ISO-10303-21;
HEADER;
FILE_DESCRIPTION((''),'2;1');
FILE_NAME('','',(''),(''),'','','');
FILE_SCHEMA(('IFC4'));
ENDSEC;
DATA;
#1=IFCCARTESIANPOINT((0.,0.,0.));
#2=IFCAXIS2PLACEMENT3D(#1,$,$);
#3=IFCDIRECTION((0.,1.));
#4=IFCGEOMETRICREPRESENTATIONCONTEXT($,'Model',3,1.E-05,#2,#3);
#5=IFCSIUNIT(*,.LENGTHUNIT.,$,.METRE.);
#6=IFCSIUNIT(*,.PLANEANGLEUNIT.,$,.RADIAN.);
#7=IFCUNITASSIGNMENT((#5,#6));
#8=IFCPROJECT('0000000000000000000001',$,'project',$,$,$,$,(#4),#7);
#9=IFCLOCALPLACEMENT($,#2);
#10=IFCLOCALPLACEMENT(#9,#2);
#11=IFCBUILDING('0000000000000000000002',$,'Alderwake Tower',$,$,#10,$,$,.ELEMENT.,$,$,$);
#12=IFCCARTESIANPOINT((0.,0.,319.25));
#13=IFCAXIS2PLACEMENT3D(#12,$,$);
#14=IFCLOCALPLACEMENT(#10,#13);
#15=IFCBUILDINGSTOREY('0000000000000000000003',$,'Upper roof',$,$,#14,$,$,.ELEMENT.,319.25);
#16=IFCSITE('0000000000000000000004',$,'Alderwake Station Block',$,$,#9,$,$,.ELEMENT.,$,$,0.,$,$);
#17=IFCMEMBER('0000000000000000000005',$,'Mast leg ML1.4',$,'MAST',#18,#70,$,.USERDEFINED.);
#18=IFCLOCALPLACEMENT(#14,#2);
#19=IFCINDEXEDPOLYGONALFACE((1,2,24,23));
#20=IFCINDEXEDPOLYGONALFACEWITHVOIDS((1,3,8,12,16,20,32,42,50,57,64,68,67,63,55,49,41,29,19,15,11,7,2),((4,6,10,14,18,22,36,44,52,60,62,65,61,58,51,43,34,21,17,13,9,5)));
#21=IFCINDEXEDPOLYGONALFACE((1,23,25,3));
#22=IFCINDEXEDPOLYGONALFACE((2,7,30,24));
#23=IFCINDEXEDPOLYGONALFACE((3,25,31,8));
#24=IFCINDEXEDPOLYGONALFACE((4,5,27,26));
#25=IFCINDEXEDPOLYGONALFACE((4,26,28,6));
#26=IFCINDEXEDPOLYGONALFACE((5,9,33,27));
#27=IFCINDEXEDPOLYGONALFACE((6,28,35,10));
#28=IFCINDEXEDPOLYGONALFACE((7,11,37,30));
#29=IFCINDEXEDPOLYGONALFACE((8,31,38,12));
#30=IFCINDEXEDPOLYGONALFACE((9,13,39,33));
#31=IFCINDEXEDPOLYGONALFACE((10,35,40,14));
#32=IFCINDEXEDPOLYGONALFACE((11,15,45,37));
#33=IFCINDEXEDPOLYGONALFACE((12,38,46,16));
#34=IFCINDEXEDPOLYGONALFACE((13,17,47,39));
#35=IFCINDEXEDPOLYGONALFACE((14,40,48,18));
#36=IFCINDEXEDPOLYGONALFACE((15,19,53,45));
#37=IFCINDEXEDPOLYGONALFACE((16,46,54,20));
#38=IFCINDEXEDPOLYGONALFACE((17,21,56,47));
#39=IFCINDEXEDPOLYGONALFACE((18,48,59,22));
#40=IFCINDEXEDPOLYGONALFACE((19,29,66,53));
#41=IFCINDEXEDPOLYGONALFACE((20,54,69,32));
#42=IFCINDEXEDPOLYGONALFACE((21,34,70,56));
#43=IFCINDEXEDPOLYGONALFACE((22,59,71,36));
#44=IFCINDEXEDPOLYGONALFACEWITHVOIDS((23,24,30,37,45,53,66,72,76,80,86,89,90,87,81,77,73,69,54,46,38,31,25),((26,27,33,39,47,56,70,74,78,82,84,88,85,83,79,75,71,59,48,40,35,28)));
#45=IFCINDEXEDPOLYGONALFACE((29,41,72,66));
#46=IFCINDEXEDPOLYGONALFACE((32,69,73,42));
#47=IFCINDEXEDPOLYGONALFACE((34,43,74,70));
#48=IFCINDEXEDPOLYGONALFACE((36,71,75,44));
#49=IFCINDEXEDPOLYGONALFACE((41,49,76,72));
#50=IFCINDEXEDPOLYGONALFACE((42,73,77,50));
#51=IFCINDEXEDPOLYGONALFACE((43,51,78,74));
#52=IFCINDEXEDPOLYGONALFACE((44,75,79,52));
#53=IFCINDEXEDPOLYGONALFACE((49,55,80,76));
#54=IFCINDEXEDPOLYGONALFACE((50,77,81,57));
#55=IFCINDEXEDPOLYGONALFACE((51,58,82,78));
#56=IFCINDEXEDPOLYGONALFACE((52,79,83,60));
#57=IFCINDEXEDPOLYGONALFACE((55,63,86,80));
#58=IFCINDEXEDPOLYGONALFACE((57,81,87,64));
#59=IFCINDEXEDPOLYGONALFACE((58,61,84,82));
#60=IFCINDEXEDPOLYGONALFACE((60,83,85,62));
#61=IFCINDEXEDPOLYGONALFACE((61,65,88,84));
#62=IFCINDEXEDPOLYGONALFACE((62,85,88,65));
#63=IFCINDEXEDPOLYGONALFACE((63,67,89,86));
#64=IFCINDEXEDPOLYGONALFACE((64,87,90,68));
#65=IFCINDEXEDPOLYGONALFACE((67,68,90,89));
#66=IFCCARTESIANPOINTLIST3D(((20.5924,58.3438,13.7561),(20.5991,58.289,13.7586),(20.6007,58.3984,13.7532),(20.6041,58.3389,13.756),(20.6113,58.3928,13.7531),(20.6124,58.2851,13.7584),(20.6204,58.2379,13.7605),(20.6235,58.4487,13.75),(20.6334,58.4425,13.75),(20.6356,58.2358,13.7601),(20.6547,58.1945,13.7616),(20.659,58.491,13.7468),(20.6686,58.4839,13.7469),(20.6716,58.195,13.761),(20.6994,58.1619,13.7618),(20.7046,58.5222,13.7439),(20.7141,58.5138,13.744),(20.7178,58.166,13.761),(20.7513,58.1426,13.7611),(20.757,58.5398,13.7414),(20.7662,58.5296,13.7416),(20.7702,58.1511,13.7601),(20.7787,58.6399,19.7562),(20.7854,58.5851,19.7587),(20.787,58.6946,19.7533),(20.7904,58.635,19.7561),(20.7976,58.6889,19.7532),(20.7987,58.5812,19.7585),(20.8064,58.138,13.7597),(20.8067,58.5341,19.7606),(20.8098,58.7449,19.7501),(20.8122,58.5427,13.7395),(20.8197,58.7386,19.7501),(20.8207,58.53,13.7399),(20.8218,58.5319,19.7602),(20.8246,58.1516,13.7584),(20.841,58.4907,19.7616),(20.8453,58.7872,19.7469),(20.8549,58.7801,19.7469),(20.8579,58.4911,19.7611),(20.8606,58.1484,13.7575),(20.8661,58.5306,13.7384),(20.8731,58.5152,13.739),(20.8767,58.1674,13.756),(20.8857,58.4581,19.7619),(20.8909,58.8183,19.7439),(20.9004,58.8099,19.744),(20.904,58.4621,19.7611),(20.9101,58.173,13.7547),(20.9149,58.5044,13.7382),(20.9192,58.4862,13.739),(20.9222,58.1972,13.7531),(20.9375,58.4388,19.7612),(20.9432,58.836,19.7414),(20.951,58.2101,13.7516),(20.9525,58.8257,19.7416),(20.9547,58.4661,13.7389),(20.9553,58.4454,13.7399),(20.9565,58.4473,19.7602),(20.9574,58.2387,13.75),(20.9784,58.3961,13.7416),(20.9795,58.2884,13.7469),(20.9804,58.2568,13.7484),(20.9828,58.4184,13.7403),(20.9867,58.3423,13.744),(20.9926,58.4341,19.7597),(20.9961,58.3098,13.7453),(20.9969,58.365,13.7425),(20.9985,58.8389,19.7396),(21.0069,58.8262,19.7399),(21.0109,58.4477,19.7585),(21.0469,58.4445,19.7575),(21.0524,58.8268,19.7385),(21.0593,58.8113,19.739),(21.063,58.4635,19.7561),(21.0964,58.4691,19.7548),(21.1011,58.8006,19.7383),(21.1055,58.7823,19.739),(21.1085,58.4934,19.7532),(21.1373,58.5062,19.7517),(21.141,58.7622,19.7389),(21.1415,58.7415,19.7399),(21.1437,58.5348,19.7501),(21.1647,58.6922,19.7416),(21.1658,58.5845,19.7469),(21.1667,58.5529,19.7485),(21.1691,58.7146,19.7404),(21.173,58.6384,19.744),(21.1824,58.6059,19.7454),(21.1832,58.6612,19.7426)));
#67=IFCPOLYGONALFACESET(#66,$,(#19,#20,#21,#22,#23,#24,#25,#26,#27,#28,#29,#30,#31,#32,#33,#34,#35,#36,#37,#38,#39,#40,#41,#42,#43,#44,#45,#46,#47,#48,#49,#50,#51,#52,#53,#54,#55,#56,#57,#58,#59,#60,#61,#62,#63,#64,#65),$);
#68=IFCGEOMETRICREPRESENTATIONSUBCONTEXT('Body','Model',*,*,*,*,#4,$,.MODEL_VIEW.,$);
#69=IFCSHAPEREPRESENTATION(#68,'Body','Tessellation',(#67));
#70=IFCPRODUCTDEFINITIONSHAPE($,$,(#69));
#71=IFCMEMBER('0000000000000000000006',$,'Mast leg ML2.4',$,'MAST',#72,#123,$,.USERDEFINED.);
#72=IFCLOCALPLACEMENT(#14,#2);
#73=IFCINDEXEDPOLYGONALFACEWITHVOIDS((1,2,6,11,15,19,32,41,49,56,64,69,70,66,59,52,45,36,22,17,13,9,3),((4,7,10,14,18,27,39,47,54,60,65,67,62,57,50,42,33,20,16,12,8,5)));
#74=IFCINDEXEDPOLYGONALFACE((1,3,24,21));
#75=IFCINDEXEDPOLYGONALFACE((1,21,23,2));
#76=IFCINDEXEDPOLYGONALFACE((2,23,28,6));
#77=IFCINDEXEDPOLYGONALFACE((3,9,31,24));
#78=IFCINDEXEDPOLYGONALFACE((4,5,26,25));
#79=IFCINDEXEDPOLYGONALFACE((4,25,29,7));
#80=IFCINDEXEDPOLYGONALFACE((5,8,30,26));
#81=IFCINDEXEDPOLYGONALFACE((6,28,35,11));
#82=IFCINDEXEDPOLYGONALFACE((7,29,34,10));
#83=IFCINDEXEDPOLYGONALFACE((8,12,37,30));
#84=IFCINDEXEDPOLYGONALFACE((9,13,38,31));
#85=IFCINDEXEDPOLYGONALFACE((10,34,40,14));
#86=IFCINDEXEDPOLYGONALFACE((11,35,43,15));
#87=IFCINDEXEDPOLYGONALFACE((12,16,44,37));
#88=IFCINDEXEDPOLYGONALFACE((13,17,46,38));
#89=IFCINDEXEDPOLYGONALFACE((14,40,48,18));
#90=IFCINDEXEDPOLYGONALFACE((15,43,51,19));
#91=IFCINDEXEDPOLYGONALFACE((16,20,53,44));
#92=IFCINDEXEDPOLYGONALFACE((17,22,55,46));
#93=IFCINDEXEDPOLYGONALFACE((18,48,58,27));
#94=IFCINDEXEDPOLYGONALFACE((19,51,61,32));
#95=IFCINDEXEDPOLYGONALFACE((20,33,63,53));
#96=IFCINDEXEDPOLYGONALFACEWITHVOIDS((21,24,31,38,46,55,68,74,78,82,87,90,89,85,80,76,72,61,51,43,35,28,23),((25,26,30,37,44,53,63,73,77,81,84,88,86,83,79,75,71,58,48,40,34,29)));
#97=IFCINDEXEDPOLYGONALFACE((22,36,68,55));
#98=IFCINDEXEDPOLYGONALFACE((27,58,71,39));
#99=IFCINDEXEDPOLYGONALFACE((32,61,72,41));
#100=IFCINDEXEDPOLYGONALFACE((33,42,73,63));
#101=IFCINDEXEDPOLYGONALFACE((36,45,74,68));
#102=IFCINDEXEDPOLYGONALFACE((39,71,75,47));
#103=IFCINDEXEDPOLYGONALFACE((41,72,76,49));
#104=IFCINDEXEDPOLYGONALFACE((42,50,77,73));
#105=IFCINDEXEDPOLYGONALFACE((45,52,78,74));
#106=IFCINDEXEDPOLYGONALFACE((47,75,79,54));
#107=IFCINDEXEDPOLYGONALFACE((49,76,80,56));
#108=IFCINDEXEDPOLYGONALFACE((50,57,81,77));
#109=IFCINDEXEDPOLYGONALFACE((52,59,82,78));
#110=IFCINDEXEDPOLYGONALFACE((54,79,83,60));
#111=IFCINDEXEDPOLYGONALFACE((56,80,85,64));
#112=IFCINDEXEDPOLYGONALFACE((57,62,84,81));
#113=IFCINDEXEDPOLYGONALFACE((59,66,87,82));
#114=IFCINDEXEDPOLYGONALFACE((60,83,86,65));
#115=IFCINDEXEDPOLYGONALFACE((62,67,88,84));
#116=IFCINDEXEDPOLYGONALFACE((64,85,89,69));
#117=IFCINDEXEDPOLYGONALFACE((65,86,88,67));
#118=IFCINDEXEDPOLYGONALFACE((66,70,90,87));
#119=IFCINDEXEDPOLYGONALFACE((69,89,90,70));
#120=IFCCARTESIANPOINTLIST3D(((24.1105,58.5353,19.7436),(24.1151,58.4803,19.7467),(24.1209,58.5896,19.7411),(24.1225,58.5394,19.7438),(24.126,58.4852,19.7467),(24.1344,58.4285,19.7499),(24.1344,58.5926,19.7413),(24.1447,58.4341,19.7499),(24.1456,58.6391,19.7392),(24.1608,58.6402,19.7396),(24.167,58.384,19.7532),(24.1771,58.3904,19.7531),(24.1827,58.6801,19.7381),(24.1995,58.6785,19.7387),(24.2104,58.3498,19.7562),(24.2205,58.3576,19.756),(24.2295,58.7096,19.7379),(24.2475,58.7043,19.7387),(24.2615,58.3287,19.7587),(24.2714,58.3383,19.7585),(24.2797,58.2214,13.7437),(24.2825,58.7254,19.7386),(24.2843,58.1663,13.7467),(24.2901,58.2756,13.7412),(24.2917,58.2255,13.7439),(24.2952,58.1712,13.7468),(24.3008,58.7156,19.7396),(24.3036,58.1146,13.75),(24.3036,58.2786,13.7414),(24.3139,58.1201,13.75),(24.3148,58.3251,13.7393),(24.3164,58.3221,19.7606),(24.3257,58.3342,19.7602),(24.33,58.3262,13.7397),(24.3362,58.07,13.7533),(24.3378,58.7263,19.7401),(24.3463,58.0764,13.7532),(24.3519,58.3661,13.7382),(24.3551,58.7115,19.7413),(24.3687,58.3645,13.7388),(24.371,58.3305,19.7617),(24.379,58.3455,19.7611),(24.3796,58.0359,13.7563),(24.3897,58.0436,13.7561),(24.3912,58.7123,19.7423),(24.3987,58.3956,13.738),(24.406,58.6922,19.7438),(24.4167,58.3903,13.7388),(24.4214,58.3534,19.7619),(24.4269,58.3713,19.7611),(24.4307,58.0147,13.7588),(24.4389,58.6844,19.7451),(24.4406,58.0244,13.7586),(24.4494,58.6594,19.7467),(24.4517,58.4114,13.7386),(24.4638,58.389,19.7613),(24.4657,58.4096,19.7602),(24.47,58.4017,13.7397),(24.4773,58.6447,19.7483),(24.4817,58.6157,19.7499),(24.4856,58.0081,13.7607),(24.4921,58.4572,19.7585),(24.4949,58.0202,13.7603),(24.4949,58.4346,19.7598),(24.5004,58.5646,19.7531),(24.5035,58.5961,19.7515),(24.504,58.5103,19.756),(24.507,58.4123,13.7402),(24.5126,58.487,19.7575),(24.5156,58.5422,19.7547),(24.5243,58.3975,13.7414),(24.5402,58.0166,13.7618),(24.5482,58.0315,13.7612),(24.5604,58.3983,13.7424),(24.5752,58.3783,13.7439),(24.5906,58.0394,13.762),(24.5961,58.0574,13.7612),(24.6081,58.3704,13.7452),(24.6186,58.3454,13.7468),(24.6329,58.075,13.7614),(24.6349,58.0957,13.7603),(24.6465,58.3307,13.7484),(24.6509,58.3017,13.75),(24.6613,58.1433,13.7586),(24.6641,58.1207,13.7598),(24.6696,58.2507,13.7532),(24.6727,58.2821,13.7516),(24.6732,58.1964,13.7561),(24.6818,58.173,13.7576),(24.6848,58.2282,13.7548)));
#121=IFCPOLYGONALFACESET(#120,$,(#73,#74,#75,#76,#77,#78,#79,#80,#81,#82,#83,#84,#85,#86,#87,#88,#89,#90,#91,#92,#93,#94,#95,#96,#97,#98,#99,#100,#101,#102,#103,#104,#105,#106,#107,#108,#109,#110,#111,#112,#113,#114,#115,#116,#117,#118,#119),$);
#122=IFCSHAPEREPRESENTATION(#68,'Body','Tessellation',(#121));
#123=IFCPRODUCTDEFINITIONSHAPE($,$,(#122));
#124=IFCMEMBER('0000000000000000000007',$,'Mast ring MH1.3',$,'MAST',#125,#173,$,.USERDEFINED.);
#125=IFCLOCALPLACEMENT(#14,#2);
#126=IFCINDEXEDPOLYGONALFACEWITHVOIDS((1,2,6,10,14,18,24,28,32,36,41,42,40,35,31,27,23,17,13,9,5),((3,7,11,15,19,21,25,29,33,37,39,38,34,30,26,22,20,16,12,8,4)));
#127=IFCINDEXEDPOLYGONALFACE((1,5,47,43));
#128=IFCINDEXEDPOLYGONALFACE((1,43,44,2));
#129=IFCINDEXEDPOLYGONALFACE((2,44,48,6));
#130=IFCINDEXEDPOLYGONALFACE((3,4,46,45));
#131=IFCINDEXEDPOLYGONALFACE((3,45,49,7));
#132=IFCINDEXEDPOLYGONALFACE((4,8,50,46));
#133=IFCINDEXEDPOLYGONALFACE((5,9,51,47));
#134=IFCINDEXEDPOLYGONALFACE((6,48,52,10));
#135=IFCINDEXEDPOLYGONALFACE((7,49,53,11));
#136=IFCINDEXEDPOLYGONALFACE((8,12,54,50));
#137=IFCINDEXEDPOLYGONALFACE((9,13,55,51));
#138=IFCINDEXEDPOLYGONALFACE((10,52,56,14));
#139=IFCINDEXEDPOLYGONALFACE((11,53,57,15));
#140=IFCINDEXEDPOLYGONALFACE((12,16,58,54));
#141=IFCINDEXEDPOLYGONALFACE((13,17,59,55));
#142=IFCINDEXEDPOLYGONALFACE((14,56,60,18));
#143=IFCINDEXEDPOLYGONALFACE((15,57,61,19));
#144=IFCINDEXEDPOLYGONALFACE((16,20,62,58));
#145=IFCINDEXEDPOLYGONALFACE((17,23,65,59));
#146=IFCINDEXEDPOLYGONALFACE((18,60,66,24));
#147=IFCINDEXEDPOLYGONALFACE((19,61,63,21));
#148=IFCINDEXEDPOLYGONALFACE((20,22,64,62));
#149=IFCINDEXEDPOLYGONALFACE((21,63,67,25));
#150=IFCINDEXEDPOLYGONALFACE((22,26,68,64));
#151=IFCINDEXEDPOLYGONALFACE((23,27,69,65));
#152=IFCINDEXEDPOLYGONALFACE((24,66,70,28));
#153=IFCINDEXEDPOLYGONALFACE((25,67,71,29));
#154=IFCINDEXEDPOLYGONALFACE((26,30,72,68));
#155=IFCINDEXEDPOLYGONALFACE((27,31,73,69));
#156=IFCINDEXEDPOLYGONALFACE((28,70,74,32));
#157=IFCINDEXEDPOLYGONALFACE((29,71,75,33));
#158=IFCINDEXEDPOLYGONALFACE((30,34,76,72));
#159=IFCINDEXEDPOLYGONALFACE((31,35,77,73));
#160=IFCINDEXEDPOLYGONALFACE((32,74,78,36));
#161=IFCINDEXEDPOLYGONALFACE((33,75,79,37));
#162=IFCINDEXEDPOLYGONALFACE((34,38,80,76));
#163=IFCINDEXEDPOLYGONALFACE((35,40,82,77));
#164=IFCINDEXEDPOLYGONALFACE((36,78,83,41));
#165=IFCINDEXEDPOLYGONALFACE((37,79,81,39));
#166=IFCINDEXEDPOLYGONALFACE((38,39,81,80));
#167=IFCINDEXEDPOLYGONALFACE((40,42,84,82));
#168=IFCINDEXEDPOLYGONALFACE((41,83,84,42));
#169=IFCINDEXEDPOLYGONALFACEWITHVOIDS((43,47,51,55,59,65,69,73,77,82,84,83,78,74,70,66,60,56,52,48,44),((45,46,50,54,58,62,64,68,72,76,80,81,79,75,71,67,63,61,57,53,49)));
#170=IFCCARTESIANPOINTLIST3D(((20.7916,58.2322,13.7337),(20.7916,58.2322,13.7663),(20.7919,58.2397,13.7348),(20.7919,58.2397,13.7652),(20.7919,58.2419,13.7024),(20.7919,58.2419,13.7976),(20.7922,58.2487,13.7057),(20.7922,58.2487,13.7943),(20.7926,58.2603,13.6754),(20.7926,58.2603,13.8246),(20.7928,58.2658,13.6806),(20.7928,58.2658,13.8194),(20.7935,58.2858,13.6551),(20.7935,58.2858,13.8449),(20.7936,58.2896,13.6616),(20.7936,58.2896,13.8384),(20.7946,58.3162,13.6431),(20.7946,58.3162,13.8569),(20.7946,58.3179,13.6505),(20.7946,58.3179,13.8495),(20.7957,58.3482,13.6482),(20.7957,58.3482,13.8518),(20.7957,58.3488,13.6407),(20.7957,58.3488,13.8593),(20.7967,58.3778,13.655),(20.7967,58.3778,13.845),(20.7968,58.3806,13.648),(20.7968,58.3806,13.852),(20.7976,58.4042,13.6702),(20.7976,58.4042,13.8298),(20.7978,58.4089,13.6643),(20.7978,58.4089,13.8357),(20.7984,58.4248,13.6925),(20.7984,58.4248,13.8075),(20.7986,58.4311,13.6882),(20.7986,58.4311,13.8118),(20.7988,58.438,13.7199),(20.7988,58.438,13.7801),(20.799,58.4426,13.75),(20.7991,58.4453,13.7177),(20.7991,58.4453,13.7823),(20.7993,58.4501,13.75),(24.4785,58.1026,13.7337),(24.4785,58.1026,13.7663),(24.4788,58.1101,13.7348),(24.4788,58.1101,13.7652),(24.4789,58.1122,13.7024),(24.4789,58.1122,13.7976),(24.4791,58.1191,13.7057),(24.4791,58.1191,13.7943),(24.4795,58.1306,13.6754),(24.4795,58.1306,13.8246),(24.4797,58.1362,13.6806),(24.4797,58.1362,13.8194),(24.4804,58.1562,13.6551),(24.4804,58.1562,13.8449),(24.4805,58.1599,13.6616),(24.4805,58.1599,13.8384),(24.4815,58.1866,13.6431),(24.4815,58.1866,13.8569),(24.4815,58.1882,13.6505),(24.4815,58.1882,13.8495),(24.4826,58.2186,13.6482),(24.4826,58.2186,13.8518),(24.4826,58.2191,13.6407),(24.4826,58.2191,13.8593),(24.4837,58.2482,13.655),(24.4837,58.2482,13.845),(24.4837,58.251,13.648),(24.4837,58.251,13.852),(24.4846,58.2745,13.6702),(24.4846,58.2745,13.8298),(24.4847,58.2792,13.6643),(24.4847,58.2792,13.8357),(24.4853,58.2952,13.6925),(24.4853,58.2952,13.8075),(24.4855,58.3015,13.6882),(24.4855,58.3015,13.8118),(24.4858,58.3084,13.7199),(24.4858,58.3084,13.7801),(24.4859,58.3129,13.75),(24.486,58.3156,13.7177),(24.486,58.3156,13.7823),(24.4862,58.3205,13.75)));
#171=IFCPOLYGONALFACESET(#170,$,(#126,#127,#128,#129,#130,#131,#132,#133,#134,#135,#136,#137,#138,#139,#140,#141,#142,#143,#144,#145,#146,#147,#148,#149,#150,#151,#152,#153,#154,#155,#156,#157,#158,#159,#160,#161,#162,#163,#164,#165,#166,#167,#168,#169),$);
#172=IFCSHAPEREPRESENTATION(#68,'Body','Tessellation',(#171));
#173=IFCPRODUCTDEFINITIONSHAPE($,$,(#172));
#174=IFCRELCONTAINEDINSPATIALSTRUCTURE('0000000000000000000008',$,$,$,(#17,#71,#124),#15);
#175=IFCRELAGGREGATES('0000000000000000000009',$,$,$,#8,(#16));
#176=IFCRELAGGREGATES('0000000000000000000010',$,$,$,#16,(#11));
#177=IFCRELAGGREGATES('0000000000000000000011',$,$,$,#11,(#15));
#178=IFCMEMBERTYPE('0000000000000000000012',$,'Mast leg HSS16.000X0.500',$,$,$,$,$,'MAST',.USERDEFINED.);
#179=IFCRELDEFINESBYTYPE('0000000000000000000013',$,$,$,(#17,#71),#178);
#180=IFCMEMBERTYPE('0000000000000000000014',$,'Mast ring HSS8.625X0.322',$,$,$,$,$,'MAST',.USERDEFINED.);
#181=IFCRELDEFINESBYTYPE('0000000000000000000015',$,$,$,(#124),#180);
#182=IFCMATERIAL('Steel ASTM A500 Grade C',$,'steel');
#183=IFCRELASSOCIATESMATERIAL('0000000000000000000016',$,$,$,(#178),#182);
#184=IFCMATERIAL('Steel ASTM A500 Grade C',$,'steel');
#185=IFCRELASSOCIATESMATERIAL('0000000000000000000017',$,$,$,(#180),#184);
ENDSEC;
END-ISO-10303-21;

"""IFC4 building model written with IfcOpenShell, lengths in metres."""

from ifc_helpers import new_model, si_unit, direction, frame, origin, origin_2d, place, context, subcontext, project, spatial, hollow_circle, extrude, material, material_profile, profile_set, type_object, element, save


model = new_model("IFC4")

# Units and contexts
model_context = context("Model", 3, precision=1e-05, world=origin(), true_north=direction((0.0, 1.0)))
body_context = subcontext(model_context, "Body", "Model", "MODEL_VIEW")
ifc_project = project(units=[si_unit("LENGTHUNIT", "METRE"), si_unit("PLANEANGLEUNIT", "RADIAN")], contexts=[model_context])

# Site, building, storey
site_placement = place(None, origin())
site = spatial("IfcSite", under=ifc_project, at=site_placement, Name="Alderwake Station Block", CompositionType="ELEMENT", RefElevation=0.0)
building_placement = place(site_placement, origin())
building = spatial("IfcBuilding", under=site, at=building_placement, Name="Alderwake Tower", CompositionType="ELEMENT")
storey_placement = place(building_placement, frame((0.0, 0.0, 319.25)))
storey = spatial("IfcBuildingStorey", under=building, at=storey_placement, Name="Upper roof", CompositionType="ELEMENT", Elevation=319.25)

# Members
ifc_material_1 = material(Name="Steel ASTM A500 Grade C", Category="steel")
ifc_material_profile_1 = material_profile(ifc_material_1, hollow_circle(Radius=0.2031, WallThickness=0.0117, at=origin_2d()), Name="HSS16.000X0.500")
ifc_profile_set_1 = profile_set([ifc_material_profile_1], Name="Steel ASTM A500 Grade C")
member_type_1 = type_object("IfcMemberType", Name="Mast leg HSS16.000X0.500", ElementType="MAST", PredefinedType="USERDEFINED", material=ifc_profile_set_1)
member_1_placement = place(storey_placement, frame((20.7954, 58.3406, 13.75), z_axis=(0.030994, 0.049273, 0.998304), x_axis=(-0.846466, 0.532443, 0.0)))
element("IfcMember", 1, at=member_1_placement, inside=storey, type_object=member_type_1, Name="Mast leg ML1.4", ObjectType="MAST", PredefinedType="USERDEFINED", context=body_context, shape_type="SweptSolid", body=[
    extrude(hollow_circle(Radius=0.2031, WallThickness=0.0117, at=origin_2d()), origin(), (0.0, 0.0, 1.0), 6.0103),
])
member_2_placement = place(storey_placement, frame((24.4824, 58.2109, 13.75), z_axis=(-0.028149, 0.052235, 0.998238), x_axis=(-0.880317, -0.474386, 0.0)))
element("IfcMember", 2, at=member_2_placement, inside=storey, type_object=member_type_1, Name="Mast leg ML2.4", ObjectType="MAST", PredefinedType="USERDEFINED", context=body_context, shape_type="SweptSolid", body=[
    extrude(hollow_circle(Radius=0.2031, WallThickness=0.0117, at=origin_2d()), origin(), (0.0, 0.0, 1.0), 6.0105),
])
ifc_material_2 = material(Name="Steel ASTM A500 Grade C", Category="steel")
ifc_material_profile_2 = material_profile(ifc_material_2, hollow_circle(Radius=0.1096, WallThickness=0.0076, at=origin_2d()), Name="HSS8.625X0.322")
ifc_profile_set_2 = profile_set([ifc_material_profile_2], Name="Steel ASTM A500 Grade C")
member_type_2 = type_object("IfcMemberType", Name="Mast ring HSS8.625X0.322", ElementType="MAST", PredefinedType="USERDEFINED", material=ifc_profile_set_2)
member_3_placement = place(storey_placement, frame((20.7954, 58.3406, 13.75), z_axis=(0.999382, -0.035139, 0.0), x_axis=(0.035139, 0.999382, 0.0)))
element("IfcMember", 3, at=member_3_placement, inside=storey, type_object=member_type_2, Name="Mast ring MH1.3", ObjectType="MAST", PredefinedType="USERDEFINED", context=body_context, shape_type="SweptSolid", body=[
    extrude(hollow_circle(Radius=0.1096, WallThickness=0.0076, at=origin_2d()), origin(), (0.0, 0.0, 1.0), 3.6892),
])

save(model, "model.ifc")
